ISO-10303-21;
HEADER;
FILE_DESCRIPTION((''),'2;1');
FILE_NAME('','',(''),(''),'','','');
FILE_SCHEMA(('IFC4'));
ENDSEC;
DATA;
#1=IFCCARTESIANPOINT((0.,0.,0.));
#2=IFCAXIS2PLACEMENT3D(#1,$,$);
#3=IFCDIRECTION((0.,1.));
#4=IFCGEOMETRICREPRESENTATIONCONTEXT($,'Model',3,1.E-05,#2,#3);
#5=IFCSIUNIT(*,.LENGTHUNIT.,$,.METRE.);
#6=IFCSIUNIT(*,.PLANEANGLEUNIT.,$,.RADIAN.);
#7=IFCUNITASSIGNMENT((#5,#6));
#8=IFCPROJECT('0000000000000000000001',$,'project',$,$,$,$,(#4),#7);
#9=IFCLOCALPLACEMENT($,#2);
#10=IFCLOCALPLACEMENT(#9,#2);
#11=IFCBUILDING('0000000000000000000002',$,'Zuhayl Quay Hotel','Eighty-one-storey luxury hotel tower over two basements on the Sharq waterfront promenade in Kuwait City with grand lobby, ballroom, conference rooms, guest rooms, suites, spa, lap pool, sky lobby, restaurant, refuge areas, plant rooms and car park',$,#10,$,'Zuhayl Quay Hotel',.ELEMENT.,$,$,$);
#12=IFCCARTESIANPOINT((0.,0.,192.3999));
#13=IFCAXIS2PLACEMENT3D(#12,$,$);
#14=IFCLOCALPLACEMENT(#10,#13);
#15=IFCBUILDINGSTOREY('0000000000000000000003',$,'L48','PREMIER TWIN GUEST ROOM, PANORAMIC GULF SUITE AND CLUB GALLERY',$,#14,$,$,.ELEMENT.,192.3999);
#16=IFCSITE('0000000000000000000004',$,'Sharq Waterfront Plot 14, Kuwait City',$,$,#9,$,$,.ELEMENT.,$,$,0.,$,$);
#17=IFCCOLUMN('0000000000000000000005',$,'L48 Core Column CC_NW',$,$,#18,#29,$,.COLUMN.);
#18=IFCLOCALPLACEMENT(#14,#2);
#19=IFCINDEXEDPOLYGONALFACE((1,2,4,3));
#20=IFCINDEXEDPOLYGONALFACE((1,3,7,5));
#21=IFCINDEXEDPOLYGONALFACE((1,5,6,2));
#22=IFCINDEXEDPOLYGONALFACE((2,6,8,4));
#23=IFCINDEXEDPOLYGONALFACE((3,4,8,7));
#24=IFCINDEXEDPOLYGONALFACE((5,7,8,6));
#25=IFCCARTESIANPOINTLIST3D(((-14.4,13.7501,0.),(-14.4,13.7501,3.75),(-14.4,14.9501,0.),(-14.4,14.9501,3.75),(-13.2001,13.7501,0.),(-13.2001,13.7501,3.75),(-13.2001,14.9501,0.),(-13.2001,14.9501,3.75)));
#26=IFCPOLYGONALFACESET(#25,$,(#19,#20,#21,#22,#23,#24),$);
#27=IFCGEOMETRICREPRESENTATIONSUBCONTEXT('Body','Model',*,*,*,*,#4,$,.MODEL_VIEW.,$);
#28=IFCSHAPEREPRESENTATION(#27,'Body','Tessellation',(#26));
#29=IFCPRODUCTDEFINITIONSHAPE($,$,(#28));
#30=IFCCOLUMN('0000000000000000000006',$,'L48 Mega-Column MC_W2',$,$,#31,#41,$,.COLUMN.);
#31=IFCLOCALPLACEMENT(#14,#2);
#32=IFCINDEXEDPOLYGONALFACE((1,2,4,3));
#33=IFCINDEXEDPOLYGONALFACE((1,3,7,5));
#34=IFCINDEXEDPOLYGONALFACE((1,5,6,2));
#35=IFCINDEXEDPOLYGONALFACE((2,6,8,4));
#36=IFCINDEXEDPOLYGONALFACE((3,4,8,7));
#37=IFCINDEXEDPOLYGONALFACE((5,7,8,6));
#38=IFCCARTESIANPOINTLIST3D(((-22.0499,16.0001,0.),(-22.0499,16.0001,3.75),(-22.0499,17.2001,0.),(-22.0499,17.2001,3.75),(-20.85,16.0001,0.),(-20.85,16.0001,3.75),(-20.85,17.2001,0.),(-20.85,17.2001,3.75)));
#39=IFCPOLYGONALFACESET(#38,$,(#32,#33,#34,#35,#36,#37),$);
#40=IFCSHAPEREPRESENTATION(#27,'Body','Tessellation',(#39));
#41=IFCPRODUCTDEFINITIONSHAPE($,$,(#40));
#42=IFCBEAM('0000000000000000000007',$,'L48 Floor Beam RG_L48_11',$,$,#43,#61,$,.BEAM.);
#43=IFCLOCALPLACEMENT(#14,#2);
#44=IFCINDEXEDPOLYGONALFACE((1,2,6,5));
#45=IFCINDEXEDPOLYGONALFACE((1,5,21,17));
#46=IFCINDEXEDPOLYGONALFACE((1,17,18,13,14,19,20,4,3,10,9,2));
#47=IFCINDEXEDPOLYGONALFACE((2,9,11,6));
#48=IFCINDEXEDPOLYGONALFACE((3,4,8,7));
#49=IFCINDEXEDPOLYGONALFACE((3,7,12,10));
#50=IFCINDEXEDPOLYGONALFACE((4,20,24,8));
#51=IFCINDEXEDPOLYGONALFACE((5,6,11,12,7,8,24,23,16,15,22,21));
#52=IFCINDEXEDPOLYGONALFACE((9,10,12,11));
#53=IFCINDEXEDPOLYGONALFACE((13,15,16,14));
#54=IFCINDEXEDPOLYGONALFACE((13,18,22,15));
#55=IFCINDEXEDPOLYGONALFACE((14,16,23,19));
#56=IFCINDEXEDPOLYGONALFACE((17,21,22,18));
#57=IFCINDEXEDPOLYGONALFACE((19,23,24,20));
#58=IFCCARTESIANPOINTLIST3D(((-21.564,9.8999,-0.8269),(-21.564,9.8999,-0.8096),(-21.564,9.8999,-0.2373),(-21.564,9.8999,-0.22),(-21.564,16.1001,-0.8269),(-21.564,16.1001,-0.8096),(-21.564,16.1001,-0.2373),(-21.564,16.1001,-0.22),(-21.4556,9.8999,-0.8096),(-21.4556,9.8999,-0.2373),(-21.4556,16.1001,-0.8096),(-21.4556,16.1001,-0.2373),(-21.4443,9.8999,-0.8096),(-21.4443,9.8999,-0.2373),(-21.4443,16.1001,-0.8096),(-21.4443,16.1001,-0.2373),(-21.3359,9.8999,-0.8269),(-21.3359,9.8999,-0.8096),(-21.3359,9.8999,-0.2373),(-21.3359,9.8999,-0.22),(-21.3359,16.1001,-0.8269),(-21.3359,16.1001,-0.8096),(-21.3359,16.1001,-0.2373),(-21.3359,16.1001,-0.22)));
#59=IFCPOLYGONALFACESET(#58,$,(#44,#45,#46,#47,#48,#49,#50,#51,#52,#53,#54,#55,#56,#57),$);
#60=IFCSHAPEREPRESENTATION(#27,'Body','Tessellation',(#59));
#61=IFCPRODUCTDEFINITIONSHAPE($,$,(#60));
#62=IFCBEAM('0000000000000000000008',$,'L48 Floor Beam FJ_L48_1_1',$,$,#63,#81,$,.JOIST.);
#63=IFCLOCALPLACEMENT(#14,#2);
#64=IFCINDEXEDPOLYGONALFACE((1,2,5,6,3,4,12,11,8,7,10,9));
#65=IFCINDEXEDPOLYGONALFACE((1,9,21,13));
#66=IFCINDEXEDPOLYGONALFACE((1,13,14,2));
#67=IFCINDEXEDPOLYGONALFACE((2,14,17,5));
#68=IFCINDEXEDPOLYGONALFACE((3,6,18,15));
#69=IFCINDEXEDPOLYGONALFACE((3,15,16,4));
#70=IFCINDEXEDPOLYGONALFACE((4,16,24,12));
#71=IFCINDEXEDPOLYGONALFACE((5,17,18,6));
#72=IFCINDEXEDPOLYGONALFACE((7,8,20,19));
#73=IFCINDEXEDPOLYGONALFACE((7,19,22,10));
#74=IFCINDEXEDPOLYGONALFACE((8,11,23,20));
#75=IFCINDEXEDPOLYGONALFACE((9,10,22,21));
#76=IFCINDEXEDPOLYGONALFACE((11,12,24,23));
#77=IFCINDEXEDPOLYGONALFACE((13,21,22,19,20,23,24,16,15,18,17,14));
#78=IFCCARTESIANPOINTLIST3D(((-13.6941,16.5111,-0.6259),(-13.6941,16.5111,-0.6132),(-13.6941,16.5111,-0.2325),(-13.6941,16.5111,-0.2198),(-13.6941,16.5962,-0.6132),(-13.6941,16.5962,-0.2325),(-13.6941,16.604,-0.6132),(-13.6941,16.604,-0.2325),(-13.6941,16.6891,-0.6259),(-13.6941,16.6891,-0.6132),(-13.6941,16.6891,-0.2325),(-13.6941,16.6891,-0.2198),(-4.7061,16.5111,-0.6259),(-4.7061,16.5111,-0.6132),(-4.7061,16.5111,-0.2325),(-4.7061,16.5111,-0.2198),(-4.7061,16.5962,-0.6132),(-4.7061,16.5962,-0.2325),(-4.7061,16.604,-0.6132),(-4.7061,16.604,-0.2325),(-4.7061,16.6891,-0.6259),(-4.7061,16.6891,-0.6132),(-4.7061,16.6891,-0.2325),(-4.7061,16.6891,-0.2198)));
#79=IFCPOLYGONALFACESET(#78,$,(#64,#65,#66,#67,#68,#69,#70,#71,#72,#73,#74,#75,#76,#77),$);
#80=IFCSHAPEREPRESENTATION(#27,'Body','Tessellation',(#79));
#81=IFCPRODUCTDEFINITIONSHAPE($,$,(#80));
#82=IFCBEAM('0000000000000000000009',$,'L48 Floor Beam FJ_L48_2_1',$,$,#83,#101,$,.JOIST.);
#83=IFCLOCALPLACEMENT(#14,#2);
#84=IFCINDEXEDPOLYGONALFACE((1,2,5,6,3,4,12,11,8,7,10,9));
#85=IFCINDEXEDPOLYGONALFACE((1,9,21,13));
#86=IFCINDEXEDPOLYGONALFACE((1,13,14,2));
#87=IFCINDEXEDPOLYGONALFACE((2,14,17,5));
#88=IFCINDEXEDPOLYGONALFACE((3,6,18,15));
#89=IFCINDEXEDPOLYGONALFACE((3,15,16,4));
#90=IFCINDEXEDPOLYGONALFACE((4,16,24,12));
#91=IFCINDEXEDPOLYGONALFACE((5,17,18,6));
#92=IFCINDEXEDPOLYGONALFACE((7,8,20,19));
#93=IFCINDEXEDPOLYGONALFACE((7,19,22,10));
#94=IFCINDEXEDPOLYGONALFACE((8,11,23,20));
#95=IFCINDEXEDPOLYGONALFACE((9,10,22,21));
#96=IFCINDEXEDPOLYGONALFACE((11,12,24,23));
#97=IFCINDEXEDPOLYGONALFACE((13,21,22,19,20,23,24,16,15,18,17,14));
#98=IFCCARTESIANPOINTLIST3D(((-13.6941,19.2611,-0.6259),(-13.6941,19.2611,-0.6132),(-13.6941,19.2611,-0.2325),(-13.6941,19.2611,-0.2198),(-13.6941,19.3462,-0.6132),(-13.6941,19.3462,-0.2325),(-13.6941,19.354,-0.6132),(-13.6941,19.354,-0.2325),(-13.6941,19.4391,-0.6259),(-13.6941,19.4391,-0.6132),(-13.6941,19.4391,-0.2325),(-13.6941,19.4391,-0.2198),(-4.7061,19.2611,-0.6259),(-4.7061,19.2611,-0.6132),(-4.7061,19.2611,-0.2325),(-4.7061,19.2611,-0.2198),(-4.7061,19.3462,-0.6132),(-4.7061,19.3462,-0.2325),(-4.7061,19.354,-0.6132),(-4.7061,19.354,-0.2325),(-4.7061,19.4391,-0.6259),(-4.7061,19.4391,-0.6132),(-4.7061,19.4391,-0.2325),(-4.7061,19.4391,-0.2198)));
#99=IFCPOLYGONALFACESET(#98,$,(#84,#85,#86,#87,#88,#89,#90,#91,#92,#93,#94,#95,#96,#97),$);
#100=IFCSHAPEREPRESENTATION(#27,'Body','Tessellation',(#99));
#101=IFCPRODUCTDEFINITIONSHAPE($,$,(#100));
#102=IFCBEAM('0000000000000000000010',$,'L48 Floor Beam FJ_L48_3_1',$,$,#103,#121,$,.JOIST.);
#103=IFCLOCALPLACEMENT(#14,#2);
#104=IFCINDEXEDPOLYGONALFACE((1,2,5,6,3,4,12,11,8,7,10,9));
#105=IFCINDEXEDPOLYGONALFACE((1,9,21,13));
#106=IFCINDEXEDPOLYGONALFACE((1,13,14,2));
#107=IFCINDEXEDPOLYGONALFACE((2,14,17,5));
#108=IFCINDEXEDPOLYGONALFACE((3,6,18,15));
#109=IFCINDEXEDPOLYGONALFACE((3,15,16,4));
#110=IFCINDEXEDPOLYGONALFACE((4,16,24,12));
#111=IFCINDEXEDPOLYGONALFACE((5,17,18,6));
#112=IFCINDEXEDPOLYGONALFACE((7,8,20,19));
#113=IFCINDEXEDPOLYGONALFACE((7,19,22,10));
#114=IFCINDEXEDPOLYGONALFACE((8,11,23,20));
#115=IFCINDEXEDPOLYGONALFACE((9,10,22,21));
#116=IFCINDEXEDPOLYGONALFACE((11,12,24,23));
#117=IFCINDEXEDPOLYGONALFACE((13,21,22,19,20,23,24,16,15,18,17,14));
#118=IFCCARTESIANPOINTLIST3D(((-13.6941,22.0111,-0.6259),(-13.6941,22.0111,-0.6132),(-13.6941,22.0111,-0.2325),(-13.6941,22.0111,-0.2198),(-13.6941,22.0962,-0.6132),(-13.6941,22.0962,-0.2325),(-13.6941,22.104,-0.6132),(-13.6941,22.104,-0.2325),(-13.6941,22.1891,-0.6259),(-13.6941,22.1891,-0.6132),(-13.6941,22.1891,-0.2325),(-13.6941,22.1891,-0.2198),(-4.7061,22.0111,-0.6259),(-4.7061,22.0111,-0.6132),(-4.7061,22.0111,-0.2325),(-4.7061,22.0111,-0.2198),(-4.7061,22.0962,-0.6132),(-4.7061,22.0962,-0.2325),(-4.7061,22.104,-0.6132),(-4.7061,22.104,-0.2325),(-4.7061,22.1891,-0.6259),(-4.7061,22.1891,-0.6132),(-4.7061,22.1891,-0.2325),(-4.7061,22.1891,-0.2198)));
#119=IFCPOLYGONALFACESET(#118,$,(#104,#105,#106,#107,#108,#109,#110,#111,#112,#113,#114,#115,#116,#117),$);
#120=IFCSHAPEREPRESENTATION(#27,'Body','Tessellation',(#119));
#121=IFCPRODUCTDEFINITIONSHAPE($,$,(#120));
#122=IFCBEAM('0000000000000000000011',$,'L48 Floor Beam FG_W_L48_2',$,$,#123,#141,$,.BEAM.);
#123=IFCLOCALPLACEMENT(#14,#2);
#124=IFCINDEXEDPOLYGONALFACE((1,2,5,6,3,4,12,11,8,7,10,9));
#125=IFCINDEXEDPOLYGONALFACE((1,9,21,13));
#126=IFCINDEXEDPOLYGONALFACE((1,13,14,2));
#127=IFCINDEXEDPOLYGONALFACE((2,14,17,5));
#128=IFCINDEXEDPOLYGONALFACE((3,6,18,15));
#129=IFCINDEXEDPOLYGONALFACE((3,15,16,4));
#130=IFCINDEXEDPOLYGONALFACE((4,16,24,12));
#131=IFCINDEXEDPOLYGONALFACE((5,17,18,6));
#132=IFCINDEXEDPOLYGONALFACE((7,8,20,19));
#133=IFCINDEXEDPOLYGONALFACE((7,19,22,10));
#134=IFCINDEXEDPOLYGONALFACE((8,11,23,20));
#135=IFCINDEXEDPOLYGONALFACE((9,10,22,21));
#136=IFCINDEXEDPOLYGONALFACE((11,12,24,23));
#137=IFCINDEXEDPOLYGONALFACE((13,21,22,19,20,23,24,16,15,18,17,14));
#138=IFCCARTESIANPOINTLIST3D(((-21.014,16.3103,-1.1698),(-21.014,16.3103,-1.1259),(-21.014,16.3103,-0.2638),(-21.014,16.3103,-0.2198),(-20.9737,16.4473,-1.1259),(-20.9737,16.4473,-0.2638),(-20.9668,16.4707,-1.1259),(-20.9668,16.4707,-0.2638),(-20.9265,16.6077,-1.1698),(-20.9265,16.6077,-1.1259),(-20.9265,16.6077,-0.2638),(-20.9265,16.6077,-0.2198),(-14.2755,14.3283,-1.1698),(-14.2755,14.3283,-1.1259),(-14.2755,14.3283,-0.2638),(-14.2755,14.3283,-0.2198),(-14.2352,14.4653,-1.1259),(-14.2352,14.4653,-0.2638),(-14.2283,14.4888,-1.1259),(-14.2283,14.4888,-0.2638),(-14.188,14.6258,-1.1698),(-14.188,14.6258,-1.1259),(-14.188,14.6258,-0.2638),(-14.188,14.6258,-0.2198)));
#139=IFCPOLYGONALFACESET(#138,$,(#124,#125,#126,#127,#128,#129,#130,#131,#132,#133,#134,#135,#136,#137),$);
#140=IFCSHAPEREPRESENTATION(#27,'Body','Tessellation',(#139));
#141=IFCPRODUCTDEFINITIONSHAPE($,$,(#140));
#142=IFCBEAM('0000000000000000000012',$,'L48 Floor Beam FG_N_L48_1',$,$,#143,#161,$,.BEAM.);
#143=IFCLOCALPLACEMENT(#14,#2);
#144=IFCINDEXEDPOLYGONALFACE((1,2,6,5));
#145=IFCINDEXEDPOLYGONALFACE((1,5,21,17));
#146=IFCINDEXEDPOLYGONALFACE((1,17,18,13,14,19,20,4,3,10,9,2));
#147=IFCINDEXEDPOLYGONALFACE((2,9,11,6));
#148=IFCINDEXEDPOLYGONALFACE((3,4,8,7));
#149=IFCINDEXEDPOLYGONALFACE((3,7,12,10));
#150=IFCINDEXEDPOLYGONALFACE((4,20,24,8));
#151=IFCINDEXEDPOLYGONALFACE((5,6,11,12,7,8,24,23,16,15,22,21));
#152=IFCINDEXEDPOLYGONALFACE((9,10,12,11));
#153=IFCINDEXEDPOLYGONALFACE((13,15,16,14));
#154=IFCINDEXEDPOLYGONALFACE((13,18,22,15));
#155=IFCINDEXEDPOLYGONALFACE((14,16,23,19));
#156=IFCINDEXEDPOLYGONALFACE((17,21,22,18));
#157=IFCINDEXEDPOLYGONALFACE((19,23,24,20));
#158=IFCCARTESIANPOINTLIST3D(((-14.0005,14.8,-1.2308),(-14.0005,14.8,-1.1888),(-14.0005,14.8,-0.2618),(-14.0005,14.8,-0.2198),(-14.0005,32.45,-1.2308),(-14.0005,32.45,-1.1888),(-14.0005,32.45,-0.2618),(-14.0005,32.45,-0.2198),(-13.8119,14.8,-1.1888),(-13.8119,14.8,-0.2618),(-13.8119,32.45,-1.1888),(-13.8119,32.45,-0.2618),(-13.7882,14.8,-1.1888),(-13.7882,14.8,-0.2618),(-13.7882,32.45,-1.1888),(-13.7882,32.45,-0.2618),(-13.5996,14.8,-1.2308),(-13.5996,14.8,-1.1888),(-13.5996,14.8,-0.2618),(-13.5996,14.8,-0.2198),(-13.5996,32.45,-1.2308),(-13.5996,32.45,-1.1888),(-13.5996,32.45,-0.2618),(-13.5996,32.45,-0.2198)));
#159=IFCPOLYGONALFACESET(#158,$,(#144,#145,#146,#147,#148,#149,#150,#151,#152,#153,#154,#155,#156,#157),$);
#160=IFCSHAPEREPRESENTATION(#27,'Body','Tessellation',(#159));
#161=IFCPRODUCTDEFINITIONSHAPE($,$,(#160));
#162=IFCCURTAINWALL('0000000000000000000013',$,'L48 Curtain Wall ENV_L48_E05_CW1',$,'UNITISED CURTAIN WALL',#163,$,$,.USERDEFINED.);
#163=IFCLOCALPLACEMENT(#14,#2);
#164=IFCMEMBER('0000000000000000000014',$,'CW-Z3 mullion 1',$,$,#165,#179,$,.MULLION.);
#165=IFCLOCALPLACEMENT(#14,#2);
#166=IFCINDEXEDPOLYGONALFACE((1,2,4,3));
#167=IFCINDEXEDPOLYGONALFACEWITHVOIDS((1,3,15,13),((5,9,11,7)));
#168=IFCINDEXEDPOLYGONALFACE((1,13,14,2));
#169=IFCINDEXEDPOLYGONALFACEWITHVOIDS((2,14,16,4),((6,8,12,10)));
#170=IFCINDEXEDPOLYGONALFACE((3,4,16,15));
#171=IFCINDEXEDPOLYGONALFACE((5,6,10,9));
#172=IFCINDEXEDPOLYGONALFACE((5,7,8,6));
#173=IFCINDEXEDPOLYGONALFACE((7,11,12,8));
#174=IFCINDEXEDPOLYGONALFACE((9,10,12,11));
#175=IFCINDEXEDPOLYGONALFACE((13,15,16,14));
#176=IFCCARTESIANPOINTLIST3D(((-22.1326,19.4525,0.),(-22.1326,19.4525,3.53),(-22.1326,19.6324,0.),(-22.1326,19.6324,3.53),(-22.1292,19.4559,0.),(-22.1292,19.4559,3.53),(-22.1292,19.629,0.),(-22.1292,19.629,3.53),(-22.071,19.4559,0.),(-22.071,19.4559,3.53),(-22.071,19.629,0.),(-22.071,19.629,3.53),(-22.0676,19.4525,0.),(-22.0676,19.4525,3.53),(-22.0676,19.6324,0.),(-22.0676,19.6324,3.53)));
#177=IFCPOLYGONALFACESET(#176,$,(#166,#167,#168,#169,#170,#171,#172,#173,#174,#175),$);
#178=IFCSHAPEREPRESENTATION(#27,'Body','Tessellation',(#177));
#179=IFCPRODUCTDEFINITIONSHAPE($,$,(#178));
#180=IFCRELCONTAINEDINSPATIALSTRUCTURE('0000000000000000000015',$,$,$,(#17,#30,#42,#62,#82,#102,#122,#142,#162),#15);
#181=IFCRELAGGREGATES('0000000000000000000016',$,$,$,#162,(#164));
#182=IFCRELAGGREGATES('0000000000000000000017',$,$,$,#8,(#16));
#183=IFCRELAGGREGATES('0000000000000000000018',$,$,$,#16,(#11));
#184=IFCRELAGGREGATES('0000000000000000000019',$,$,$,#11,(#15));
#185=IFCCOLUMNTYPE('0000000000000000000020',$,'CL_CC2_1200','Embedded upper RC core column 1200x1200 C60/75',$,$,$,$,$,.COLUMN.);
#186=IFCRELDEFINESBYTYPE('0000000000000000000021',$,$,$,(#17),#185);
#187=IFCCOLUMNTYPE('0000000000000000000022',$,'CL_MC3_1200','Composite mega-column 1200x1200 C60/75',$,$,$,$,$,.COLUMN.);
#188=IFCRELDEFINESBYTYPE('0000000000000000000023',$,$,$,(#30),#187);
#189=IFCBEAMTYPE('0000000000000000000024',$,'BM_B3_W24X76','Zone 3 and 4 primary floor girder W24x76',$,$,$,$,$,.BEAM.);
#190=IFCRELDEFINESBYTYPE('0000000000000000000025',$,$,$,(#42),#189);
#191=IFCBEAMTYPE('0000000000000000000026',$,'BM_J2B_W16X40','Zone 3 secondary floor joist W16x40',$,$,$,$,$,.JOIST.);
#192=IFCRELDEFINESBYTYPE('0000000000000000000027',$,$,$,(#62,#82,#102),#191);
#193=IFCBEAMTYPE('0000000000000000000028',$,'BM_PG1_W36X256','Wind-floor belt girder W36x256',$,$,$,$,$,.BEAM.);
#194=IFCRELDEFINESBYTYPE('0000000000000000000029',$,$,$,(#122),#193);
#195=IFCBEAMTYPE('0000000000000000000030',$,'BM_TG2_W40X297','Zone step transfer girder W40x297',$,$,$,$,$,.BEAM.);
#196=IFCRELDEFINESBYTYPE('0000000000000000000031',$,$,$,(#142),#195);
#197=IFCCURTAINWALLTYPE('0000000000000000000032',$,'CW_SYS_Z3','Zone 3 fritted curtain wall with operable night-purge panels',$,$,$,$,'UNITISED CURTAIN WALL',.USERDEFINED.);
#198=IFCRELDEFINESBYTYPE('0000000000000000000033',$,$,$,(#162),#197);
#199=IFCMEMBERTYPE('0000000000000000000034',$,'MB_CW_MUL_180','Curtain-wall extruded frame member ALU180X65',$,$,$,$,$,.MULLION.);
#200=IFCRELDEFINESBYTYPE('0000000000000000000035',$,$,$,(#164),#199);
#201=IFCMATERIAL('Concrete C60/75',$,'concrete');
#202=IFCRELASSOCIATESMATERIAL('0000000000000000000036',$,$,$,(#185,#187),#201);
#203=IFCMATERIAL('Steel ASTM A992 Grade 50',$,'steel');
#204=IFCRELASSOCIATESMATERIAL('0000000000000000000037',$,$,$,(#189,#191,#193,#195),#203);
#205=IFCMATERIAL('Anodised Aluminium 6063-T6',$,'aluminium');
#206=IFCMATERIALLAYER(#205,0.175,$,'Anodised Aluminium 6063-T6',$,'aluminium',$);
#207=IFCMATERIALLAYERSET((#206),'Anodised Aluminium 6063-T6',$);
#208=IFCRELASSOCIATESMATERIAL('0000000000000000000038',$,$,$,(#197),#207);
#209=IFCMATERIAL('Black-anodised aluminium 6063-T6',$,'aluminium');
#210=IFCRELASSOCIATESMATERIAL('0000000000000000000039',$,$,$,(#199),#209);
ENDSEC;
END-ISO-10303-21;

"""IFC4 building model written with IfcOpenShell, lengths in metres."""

from ifc_helpers import new_model, si_unit, direction, frame, origin, origin_2d, place, context, subcontext, project, spatial, rectangle, hollow_rectangle, i_section, extrude, material, layer, layer_set, material_profile, profile_set, type_object, element, aggregate, save


model = new_model("IFC4")

# Units and contexts
model_context = context("Model", 3, precision=1e-05, world=origin(), true_north=direction((0.0, 1.0)))
body_context = subcontext(model_context, "Body", "Model", "MODEL_VIEW")
ifc_project = project(units=[si_unit("LENGTHUNIT", "METRE"), si_unit("PLANEANGLEUNIT", "RADIAN")], contexts=[model_context])

# Site, building, storey
site_placement = place(None, origin())
site = spatial("IfcSite", under=ifc_project, at=site_placement, Name="Sharq Waterfront Plot 14, Kuwait City", CompositionType="ELEMENT", RefElevation=0.0)
building_placement = place(site_placement, origin())
building = spatial("IfcBuilding", under=site, at=building_placement, Name="Zuhayl Quay Hotel", Description="Eighty-one-storey luxury hotel tower over two basements on the Sharq waterfront promenade in Kuwait City with grand lobby, ballroom, conference rooms, guest rooms, suites, spa, lap pool, sky lobby, restaurant, refuge areas, plant rooms and car park", LongName="Zuhayl Quay Hotel", CompositionType="ELEMENT")
storey_placement = place(building_placement, frame((0.0, 0.0, 192.3999)))
storey = spatial("IfcBuildingStorey", under=building, at=storey_placement, Name="L48", Description="PREMIER TWIN GUEST ROOM, PANORAMIC GULF SUITE AND CLUB GALLERY", CompositionType="ELEMENT", Elevation=192.3999)

# Columns
ifc_material_1 = material(Name="Concrete C60/75", Category="concrete")
ifc_material_profile_1 = material_profile(ifc_material_1, rectangle(XDim=1.2, YDim=1.2, at=origin_2d()), Name="RC1200X1200")
ifc_profile_set_1 = profile_set([ifc_material_profile_1], Name="Concrete C60/75")
column_type_1 = type_object("IfcColumnType", Name="CL_CC2_1200", Description="Embedded upper RC core column 1200x1200 C60/75", PredefinedType="COLUMN", material=ifc_profile_set_1)
column_1_placement = place(storey_placement, frame((-13.8, 14.3501, 0.0), z_axis=(0.0, 0.0, 1.0), x_axis=(1.0, 0.0, 0.0)))
element("IfcColumn", 1, at=column_1_placement, inside=storey, type_object=column_type_1, Name="L48 Core Column CC_NW", PredefinedType="COLUMN", context=body_context, shape_type="SweptSolid", body=[
    extrude(rectangle(XDim=1.2, YDim=1.2, at=origin_2d()), origin(), (0.0, 0.0, 1.0), 3.75),
])
ifc_material_profile_2 = material_profile(ifc_material_1, rectangle(XDim=1.2, YDim=1.2, at=origin_2d()), Name="RC1200X1200")
ifc_profile_set_2 = profile_set([ifc_material_profile_2], Name="Concrete C60/75")
column_type_2 = type_object("IfcColumnType", Name="CL_MC3_1200", Description="Composite mega-column 1200x1200 C60/75", PredefinedType="COLUMN", material=ifc_profile_set_2)
column_2_placement = place(storey_placement, frame((-21.45, 16.6001, 0.0), z_axis=(0.0, 0.0, 1.0), x_axis=(1.0, 0.0, 0.0)))
element("IfcColumn", 2, at=column_2_placement, inside=storey, type_object=column_type_2, Name="L48 Mega-Column MC_W2", PredefinedType="COLUMN", context=body_context, shape_type="SweptSolid", body=[
    extrude(rectangle(XDim=1.2, YDim=1.2, at=origin_2d()), origin(), (0.0, 0.0, 1.0), 3.75),
])

# Beams
ifc_material_2 = material(Name="Steel ASTM A992 Grade 50", Category="steel")
ifc_material_profile_3 = material_profile(ifc_material_2, i_section(OverallWidth=0.228, OverallDepth=0.6069, WebThickness=0.0112, FlangeThickness=0.0173, at=origin_2d()), Name="W24X76")
ifc_profile_set_3 = profile_set([ifc_material_profile_3], Name="Steel ASTM A992 Grade 50")
beam_type_1 = type_object("IfcBeamType", Name="BM_B3_W24X76", Description="Zone 3 and 4 primary floor girder W24x76", PredefinedType="BEAM", material=ifc_profile_set_3)
beam_1_placement = place(storey_placement, frame((-21.45, 16.1001, -0.5234), z_axis=(0.0, -1.0, 0.0), x_axis=(1.0, 0.0, 0.0)))
element("IfcBeam", 3, at=beam_1_placement, inside=storey, type_object=beam_type_1, Name="L48 Floor Beam RG_L48_11", PredefinedType="BEAM", context=body_context, shape_type="SweptSolid", body=[
    extrude(i_section(OverallWidth=0.228, OverallDepth=0.6069, WebThickness=0.0112, FlangeThickness=0.0173, at=origin_2d()), origin(), (0.0, 0.0, 1.0), 6.2002),
])
ifc_material_profile_4 = material_profile(ifc_material_2, i_section(OverallWidth=0.178, OverallDepth=0.406, WebThickness=0.0078, FlangeThickness=0.0127, at=origin_2d()), Name="W16X40")
ifc_profile_set_4 = profile_set([ifc_material_profile_4], Name="Steel ASTM A992 Grade 50")
beam_type_2 = type_object("IfcBeamType", Name="BM_J2B_W16X40", Description="Zone 3 secondary floor joist W16x40", PredefinedType="JOIST", material=ifc_profile_set_4)
for number, where, z_axis, x_axis, name in (
    (4, (-13.6941, 16.6001, -0.4229), (1.0, 0.0, 0.0), (0.0, 1.0, 0.0), "L48 Floor Beam FJ_L48_1_1"),
    (5, (-13.6941, 19.3501, -0.4229), (1.0, 0.0, 0.0), (0.0, 1.0, 0.0), "L48 Floor Beam FJ_L48_2_1"),
    (6, (-13.6941, 22.1001, -0.4229), (1.0, 0.0, 0.0), (0.0, 1.0, 0.0), "L48 Floor Beam FJ_L48_3_1"),
):
    element("IfcBeam", number, at=place(storey_placement, frame(where, z_axis=z_axis, x_axis=x_axis)), inside=storey, type_object=beam_type_2, Name=name, PredefinedType="JOIST", context=body_context, shape_type="SweptSolid", body=[
        extrude(i_section(OverallWidth=0.178, OverallDepth=0.406, WebThickness=0.0078, FlangeThickness=0.0127, at=origin_2d()), origin(), (0.0, 0.0, 1.0), 8.988),
    ])
ifc_material_profile_5 = material_profile(ifc_material_2, i_section(OverallWidth=0.3101, OverallDepth=0.95, WebThickness=0.0244, FlangeThickness=0.0439, at=origin_2d()), Name="W36X256")
ifc_profile_set_5 = profile_set([ifc_material_profile_5], Name="Steel ASTM A992 Grade 50")
beam_type_3 = type_object("IfcBeamType", Name="BM_PG1_W36X256", Description="Wind-floor belt girder W36x256", PredefinedType="BEAM", material=ifc_profile_set_5)
beam_2_placement = place(storey_placement, frame((-20.9702, 16.459, -0.6948), z_axis=(0.959365, -0.282168, 0.0), x_axis=(0.282168, 0.959365, 0.0)))
element("IfcBeam", 7, at=beam_2_placement, inside=storey, type_object=beam_type_3, Name="L48 Floor Beam FG_W_L48_2", PredefinedType="BEAM", context=body_context, shape_type="SweptSolid", body=[
    extrude(i_section(OverallWidth=0.3101, OverallDepth=0.95, WebThickness=0.0244, FlangeThickness=0.0439, at=origin_2d()), origin(), (0.0, 0.0, 1.0), 7.0239),
])
ifc_material_profile_6 = material_profile(ifc_material_2, i_section(OverallWidth=0.4009, OverallDepth=1.011, WebThickness=0.0237, FlangeThickness=0.042, at=origin_2d()), Name="W40X297")
ifc_profile_set_6 = profile_set([ifc_material_profile_6], Name="Steel ASTM A992 Grade 50")
beam_type_4 = type_object("IfcBeamType", Name="BM_TG2_W40X297", Description="Zone step transfer girder W40x297", PredefinedType="BEAM", material=ifc_profile_set_6)
beam_3_placement = place(storey_placement, frame((-13.8, 14.8, -0.7253), z_axis=(0.0, 1.0, 0.0), x_axis=(-1.0, 0.0, 0.0)))
element("IfcBeam", 8, at=beam_3_placement, inside=storey, type_object=beam_type_4, Name="L48 Floor Beam FG_N_L48_1", PredefinedType="BEAM", context=body_context, shape_type="SweptSolid", body=[
    extrude(i_section(OverallWidth=0.4009, OverallDepth=1.011, WebThickness=0.0237, FlangeThickness=0.042, at=origin_2d()), origin(), (0.0, 0.0, 1.0), 17.6499),
])

# Curtain wall, member
ifc_material_3 = material(Name="Anodised Aluminium 6063-T6", Category="aluminium")
ifc_layer_1 = layer(ifc_material_3, 0.175, Name="Anodised Aluminium 6063-T6", Category="aluminium")
ifc_layer_set_1 = layer_set([ifc_layer_1], Name="Anodised Aluminium 6063-T6")
curtain_wall_type = type_object("IfcCurtainWallType", Name="CW_SYS_Z3", Description="Zone 3 fritted curtain wall with operable night-purge panels", ElementType="UNITISED CURTAIN WALL", PredefinedType="USERDEFINED", material=ifc_layer_set_1)
curtain_wall_placement = place(storey_placement, origin())
curtain_wall = element("IfcCurtainWall", 9, at=curtain_wall_placement, inside=storey, type_object=curtain_wall_type, Name="L48 Curtain Wall ENV_L48_E05_CW1", ObjectType="UNITISED CURTAIN WALL", PredefinedType="USERDEFINED")
ifc_material_4 = material(Name="Black-anodised aluminium 6063-T6", Category="aluminium")
ifc_material_profile_7 = material_profile(ifc_material_4, hollow_rectangle(XDim=0.0649, YDim=0.1799, WallThickness=0.0034, at=origin_2d()), Name="ALU180X65")
ifc_profile_set_7 = profile_set([ifc_material_profile_7], Name="Black-anodised aluminium 6063-T6")
member_type_1 = type_object("IfcMemberType", Name="MB_CW_MUL_180", Description="Curtain-wall extruded frame member ALU180X65", PredefinedType="MULLION", material=ifc_profile_set_7)
member_1_placement = place(storey_placement, frame((-22.1001, 19.5425, 0.0), z_axis=(0.0, 0.0, 1.0), x_axis=(-1.0, 0.0, 0.0)))
member_1 = element("IfcMember", 10, at=member_1_placement, type_object=member_type_1, Name="CW-Z3 mullion 1", PredefinedType="MULLION", context=body_context, shape_type="SweptSolid", body=[
    extrude(hollow_rectangle(XDim=0.0649, YDim=0.1799, WallThickness=0.0034, at=origin_2d()), origin(), (0.0, 0.0, 1.0), 3.53),
])
aggregate(curtain_wall, [member_1])

save(model, "model.ifc")
